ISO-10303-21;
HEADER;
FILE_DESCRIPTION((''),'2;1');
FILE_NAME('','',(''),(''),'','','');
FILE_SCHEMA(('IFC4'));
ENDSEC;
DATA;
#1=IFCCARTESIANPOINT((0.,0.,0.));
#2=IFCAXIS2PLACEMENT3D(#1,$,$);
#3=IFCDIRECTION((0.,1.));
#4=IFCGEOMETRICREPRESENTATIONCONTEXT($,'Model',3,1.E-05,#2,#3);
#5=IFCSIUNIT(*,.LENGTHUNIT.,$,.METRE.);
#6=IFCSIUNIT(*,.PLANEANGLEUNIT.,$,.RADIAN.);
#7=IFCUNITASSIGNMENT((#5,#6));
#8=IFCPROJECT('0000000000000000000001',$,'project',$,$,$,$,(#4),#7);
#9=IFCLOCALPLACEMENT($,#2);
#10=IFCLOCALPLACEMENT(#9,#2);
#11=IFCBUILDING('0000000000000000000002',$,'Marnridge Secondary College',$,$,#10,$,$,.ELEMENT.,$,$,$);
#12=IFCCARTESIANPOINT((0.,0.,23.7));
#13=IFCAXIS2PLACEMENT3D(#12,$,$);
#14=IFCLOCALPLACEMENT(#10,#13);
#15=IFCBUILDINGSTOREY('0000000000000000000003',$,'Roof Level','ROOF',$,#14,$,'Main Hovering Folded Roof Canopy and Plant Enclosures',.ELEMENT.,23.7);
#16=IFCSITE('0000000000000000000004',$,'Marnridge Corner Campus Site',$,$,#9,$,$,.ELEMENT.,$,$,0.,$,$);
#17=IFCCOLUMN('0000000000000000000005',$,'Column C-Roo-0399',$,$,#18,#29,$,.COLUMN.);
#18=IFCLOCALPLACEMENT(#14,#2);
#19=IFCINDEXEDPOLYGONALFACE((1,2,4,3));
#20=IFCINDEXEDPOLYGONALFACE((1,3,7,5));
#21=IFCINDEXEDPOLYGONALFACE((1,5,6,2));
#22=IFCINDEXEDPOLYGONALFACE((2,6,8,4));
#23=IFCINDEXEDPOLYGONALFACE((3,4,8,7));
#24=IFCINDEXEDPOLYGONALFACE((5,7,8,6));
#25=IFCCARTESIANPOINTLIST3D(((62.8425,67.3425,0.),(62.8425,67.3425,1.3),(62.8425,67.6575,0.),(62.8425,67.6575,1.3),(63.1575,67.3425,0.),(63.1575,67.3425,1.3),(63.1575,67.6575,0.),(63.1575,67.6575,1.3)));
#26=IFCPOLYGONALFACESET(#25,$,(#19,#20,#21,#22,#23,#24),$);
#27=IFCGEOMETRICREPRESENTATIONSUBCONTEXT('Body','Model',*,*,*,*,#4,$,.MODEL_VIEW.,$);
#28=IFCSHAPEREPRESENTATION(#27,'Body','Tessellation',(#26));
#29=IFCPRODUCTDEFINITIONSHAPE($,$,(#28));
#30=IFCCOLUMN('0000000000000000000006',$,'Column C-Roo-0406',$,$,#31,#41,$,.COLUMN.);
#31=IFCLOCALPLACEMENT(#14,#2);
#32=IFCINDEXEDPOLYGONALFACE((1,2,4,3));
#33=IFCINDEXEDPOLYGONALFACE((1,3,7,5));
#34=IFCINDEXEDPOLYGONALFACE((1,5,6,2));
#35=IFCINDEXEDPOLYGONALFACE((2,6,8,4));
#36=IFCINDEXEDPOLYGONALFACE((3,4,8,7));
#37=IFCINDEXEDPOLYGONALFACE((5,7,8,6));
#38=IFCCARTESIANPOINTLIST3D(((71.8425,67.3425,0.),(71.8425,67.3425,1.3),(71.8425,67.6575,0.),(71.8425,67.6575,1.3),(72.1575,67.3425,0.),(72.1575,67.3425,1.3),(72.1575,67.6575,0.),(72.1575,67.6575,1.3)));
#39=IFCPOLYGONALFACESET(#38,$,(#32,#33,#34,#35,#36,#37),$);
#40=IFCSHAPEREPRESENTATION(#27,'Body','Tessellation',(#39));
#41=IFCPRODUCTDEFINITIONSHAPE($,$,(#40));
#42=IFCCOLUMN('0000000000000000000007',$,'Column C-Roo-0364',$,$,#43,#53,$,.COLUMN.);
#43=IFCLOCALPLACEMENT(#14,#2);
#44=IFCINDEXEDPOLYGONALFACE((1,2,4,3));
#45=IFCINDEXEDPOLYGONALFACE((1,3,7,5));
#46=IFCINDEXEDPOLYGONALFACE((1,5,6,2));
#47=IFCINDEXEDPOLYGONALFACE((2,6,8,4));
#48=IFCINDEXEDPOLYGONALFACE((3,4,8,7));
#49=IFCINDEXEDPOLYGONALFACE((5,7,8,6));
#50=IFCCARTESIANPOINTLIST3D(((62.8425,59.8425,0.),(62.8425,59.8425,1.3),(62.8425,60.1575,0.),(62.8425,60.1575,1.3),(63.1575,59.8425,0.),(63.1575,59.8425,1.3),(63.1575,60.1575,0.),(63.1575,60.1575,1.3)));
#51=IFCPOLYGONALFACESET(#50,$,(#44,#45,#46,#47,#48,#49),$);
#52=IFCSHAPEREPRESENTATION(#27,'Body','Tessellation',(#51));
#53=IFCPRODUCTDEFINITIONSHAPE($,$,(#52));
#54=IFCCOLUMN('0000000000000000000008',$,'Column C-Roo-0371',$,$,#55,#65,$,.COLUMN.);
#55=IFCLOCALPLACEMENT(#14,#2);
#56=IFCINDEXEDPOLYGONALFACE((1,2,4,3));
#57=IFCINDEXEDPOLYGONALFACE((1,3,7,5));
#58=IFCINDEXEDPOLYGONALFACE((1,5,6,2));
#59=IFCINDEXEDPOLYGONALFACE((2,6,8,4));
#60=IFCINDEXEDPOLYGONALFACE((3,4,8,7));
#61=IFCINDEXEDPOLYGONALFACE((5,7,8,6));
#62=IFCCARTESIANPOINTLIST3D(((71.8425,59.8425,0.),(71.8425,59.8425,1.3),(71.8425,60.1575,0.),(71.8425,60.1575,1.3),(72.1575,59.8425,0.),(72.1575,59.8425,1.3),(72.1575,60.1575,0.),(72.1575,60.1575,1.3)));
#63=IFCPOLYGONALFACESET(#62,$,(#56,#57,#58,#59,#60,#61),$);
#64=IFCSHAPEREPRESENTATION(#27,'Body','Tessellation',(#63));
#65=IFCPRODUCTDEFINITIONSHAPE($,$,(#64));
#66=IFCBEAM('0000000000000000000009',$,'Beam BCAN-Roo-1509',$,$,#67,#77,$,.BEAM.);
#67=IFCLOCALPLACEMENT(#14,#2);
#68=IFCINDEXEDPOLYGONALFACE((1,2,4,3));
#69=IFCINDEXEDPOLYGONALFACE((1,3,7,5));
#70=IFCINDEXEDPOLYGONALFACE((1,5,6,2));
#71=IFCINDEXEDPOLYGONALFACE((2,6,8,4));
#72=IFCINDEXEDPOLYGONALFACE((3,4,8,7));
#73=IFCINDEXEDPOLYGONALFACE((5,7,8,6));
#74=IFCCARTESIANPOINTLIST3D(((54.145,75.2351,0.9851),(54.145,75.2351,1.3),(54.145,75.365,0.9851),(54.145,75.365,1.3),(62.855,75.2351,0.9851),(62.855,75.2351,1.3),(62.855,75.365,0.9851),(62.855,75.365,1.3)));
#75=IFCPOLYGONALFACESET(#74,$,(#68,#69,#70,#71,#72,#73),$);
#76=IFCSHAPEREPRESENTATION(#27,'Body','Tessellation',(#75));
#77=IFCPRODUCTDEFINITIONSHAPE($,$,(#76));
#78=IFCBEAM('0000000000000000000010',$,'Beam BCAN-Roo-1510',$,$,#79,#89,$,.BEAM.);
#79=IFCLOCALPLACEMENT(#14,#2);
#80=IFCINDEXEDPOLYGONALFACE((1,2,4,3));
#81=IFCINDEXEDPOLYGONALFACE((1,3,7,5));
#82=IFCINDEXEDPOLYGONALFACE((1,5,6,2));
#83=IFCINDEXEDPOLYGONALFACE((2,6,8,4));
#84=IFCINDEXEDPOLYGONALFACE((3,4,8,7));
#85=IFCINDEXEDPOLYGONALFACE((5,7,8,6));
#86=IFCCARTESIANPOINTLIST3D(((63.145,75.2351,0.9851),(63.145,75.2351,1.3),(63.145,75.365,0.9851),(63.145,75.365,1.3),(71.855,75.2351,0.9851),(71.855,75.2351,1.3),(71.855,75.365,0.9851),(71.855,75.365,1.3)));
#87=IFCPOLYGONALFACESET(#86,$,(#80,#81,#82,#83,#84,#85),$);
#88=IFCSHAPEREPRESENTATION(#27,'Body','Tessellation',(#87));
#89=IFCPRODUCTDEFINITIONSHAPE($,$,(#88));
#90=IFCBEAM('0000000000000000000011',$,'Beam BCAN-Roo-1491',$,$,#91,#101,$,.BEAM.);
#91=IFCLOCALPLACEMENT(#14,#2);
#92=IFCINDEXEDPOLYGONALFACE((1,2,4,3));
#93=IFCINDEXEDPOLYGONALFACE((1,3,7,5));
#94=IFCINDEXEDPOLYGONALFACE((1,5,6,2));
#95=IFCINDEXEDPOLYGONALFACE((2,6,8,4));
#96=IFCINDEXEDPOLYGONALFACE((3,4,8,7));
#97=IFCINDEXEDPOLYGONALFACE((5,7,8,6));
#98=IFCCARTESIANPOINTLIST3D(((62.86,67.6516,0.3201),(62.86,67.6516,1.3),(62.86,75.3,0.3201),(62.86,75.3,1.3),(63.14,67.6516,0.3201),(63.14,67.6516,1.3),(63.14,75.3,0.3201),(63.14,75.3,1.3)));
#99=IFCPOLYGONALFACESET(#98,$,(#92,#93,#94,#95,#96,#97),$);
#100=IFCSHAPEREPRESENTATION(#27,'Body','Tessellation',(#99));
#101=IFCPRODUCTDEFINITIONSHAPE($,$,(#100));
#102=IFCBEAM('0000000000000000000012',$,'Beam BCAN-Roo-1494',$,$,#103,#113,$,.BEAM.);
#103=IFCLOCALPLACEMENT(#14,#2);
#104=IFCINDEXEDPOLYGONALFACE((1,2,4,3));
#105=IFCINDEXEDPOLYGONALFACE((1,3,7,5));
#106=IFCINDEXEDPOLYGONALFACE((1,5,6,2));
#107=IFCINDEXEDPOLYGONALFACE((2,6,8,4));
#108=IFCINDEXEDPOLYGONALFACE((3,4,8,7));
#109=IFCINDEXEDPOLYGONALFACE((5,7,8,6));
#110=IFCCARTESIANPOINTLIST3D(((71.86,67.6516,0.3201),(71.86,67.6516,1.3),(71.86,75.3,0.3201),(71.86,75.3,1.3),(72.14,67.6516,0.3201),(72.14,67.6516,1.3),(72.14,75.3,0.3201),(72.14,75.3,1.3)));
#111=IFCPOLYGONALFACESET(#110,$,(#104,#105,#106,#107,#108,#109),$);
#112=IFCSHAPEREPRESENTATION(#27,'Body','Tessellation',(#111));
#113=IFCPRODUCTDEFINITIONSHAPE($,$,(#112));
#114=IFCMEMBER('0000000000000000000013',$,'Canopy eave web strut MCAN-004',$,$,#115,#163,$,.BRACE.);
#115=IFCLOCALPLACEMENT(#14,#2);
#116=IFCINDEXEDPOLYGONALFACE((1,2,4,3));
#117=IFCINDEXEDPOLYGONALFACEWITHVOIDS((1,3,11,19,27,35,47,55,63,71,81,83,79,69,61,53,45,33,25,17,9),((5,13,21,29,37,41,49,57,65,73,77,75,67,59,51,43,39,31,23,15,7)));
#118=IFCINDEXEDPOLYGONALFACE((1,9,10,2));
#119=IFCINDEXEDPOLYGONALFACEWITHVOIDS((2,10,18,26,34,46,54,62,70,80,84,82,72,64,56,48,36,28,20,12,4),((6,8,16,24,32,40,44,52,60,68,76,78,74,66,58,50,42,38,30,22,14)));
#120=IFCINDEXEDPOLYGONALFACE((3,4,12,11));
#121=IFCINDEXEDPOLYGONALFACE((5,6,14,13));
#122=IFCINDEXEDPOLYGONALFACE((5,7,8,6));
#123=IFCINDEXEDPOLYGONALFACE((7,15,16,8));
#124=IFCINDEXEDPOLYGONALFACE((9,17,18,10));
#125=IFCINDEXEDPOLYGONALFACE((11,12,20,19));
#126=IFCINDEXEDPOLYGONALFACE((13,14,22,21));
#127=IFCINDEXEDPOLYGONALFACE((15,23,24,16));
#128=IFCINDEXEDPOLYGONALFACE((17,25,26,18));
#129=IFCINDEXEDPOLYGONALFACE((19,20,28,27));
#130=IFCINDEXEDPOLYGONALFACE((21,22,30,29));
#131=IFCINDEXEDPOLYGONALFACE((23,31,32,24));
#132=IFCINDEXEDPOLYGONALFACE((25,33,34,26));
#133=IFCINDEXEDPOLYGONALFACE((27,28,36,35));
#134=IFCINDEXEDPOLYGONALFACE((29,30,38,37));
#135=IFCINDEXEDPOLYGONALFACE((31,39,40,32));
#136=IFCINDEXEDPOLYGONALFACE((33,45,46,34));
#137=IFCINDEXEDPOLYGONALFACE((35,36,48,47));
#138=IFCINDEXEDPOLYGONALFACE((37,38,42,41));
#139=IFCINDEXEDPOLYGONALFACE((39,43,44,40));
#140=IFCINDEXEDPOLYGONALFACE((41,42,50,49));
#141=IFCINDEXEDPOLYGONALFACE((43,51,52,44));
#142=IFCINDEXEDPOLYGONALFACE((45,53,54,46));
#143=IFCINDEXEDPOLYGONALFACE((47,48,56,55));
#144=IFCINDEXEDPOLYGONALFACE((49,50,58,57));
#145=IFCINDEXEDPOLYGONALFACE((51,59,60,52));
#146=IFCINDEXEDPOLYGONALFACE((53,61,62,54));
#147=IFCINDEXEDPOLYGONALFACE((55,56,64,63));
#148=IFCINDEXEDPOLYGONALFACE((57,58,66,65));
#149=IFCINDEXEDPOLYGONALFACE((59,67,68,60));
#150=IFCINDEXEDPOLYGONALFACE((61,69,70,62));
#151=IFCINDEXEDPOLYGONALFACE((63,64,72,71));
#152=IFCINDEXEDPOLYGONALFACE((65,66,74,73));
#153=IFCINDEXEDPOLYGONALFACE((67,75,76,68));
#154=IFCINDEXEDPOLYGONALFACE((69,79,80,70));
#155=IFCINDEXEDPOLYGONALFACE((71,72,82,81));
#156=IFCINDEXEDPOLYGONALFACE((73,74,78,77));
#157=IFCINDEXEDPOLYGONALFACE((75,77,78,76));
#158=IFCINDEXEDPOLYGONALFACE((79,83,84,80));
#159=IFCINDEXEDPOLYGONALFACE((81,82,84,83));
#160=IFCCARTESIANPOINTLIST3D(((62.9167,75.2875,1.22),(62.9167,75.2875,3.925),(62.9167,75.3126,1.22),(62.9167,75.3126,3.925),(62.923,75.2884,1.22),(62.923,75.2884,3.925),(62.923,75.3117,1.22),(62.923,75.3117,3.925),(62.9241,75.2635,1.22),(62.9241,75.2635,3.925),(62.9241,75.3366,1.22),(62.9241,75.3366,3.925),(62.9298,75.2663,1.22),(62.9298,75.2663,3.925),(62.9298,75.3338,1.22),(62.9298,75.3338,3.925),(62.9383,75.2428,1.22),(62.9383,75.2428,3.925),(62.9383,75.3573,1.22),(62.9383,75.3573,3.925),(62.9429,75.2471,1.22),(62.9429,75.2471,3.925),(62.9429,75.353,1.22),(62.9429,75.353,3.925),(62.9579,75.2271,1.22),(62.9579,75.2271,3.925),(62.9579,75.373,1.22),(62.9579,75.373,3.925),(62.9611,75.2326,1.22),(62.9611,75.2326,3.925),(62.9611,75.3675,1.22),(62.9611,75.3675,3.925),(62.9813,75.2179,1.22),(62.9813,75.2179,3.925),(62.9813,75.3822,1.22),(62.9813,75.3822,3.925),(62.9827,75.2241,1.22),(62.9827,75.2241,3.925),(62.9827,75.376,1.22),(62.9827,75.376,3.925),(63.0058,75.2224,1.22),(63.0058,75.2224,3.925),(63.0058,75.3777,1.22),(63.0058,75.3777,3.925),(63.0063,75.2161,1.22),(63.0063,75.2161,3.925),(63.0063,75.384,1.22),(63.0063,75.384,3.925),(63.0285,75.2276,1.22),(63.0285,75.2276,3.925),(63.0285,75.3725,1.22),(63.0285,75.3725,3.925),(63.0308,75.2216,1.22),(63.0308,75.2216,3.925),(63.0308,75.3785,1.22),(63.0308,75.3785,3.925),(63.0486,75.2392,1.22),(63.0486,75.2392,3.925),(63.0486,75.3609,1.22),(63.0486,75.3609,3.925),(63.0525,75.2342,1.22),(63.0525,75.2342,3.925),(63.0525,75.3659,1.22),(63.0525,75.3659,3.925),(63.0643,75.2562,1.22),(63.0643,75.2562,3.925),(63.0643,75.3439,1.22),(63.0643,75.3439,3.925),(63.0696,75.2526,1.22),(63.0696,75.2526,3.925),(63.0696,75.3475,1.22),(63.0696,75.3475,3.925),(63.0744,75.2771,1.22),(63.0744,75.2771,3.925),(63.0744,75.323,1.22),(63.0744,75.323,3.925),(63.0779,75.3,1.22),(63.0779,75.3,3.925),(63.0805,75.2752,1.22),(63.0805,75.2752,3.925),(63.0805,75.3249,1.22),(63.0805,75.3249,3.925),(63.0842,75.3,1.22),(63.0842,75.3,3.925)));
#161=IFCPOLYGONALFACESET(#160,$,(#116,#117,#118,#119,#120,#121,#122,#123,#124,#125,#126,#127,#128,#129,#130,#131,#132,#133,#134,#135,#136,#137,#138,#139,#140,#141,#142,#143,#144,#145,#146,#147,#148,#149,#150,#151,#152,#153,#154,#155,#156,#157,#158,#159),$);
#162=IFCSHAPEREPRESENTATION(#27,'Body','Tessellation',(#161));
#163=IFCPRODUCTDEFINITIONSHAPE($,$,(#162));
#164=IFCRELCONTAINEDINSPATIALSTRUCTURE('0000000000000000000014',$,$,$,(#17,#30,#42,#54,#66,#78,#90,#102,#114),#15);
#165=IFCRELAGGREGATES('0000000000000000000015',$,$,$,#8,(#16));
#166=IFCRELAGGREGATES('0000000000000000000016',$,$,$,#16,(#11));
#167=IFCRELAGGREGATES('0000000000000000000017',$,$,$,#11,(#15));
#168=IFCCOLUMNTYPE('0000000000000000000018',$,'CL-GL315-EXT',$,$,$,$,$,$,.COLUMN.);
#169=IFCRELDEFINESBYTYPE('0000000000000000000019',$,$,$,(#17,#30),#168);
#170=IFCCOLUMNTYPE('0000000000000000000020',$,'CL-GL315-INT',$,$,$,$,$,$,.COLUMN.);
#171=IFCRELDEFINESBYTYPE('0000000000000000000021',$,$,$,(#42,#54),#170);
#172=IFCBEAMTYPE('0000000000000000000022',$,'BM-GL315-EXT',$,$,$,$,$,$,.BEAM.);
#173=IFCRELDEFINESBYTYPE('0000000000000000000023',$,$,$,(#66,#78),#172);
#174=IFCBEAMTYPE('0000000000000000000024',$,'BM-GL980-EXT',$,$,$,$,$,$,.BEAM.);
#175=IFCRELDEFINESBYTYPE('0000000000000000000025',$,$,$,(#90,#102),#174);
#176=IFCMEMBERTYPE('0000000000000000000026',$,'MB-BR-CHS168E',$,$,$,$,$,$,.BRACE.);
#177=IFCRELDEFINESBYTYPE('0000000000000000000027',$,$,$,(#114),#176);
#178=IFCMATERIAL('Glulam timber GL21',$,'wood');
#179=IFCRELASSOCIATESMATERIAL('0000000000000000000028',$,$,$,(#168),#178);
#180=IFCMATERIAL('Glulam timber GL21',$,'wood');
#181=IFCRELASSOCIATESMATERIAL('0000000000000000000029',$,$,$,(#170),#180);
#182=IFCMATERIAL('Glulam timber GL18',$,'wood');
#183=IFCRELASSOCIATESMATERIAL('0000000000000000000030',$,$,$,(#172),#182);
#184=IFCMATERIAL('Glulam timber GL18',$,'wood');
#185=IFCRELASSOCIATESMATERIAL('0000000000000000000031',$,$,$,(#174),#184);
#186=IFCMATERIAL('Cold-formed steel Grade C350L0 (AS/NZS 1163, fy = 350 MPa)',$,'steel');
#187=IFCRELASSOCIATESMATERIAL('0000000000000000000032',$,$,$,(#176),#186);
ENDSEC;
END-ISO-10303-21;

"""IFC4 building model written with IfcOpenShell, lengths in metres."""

from ifc_helpers import new_model, si_unit, direction, frame, origin, origin_2d, place, context, subcontext, project, spatial, rectangle, hollow_circle, extrude, material, material_profile, profile_set, type_object, element, save


model = new_model("IFC4")

# Units and contexts
model_context = context("Model", 3, precision=1e-05, world=origin(), true_north=direction((0.0, 1.0)))
body_context = subcontext(model_context, "Body", "Model", "MODEL_VIEW")
ifc_project = project(units=[si_unit("LENGTHUNIT", "METRE"), si_unit("PLANEANGLEUNIT", "RADIAN")], contexts=[model_context])

# Site, building, storey
site_placement = place(None, origin())
site = spatial("IfcSite", under=ifc_project, at=site_placement, Name="Marnridge Corner Campus Site", CompositionType="ELEMENT", RefElevation=0.0)
building_placement = place(site_placement, origin())
building = spatial("IfcBuilding", under=site, at=building_placement, Name="Marnridge Secondary College", CompositionType="ELEMENT")
storey_placement = place(building_placement, frame((0.0, 0.0, 23.7)))
storey = spatial("IfcBuildingStorey", under=building, at=storey_placement, Name="Roof Level", Description="ROOF", LongName="Main Hovering Folded Roof Canopy and Plant Enclosures", CompositionType="ELEMENT", Elevation=23.7)

# Columns
ifc_material_1 = material(Name="Glulam timber GL21", Category="wood")
ifc_material_profile_1 = material_profile(ifc_material_1, rectangle(XDim=0.3149, YDim=0.3149, at=origin_2d()), Name="GL21 315x315")
ifc_profile_set_1 = profile_set([ifc_material_profile_1], Name="Glulam timber GL21")
column_type_1 = type_object("IfcColumnType", Name="CL-GL315-EXT", PredefinedType="COLUMN", material=ifc_profile_set_1)
for number, where, z_axis, x_axis, name in (
    (1, (63.0, 67.5, 0.0), (0.0, 0.0, 1.0), (1.0, 0.0, 0.0), "Column C-Roo-0399"),
    (2, (72.0, 67.5, 0.0), (0.0, 0.0, 1.0), (1.0, 0.0, 0.0), "Column C-Roo-0406"),
):
    element("IfcColumn", number, at=place(storey_placement, frame(where, z_axis=z_axis, x_axis=x_axis)), inside=storey, type_object=column_type_1, Name=name, PredefinedType="COLUMN", context=body_context, shape_type="SweptSolid", body=[
        extrude(rectangle(XDim=0.3149, YDim=0.3149, at=origin_2d()), origin(), (0.0, 0.0, 1.0), 1.3),
    ])
ifc_material_2 = material(Name="Glulam timber GL21", Category="wood")
ifc_material_profile_2 = material_profile(ifc_material_2, rectangle(XDim=0.3149, YDim=0.3149, at=origin_2d()), Name="GL21 315x315")
ifc_profile_set_2 = profile_set([ifc_material_profile_2], Name="Glulam timber GL21")
column_type_2 = type_object("IfcColumnType", Name="CL-GL315-INT", PredefinedType="COLUMN", material=ifc_profile_set_2)
for number, where, z_axis, x_axis, name in (
    (3, (63.0, 60.0, 0.0), (0.0, 0.0, 1.0), (1.0, 0.0, 0.0), "Column C-Roo-0364"),
    (4, (72.0, 60.0, 0.0), (0.0, 0.0, 1.0), (1.0, 0.0, 0.0), "Column C-Roo-0371"),
):
    element("IfcColumn", number, at=place(storey_placement, frame(where, z_axis=z_axis, x_axis=x_axis)), inside=storey, type_object=column_type_2, Name=name, PredefinedType="COLUMN", context=body_context, shape_type="SweptSolid", body=[
        extrude(rectangle(XDim=0.3149, YDim=0.3149, at=origin_2d()), origin(), (0.0, 0.0, 1.0), 1.3),
    ])

# Beams
ifc_material_3 = material(Name="Glulam timber GL18", Category="wood")
ifc_material_profile_3 = material_profile(ifc_material_3, rectangle(XDim=0.1299, YDim=0.3149, at=origin_2d()), Name="GL18 130x315")
ifc_profile_set_3 = profile_set([ifc_material_profile_3], Name="Glulam timber GL18")
beam_type_1 = type_object("IfcBeamType", Name="BM-GL315-EXT", PredefinedType="BEAM", material=ifc_profile_set_3)
for number, where, z_axis, x_axis, name in (
    (5, (54.145, 75.3, 1.1426), (1.0, 0.0, 0.0), (0.0, 1.0, 0.0), "Beam BCAN-Roo-1509"),
    (6, (63.145, 75.3, 1.1426), (1.0, 0.0, 0.0), (0.0, 1.0, 0.0), "Beam BCAN-Roo-1510"),
):
    element("IfcBeam", number, at=place(storey_placement, frame(where, z_axis=z_axis, x_axis=x_axis)), inside=storey, type_object=beam_type_1, Name=name, PredefinedType="BEAM", context=body_context, shape_type="SweptSolid", body=[
        extrude(rectangle(XDim=0.1299, YDim=0.3149, at=origin_2d()), origin(), (0.0, 0.0, 1.0), 8.71),
    ])
ifc_material_4 = material(Name="Glulam timber GL18", Category="wood")
ifc_material_profile_4 = material_profile(ifc_material_4, rectangle(XDim=0.28, YDim=0.98, at=origin_2d()), Name="GL18 280x980")
ifc_profile_set_4 = profile_set([ifc_material_profile_4], Name="Glulam timber GL18")
beam_type_2 = type_object("IfcBeamType", Name="BM-GL980-EXT", PredefinedType="BEAM", material=ifc_profile_set_4)
for number, where, z_axis, x_axis, name in (
    (7, (63.0, 67.6516, 0.8101), (0.0, 1.0, 0.0), (-1.0, 0.0, 0.0), "Beam BCAN-Roo-1491"),
    (8, (72.0, 67.6516, 0.8101), (0.0, 1.0, 0.0), (-1.0, 0.0, 0.0), "Beam BCAN-Roo-1494"),
):
    element("IfcBeam", number, at=place(storey_placement, frame(where, z_axis=z_axis, x_axis=x_axis)), inside=storey, type_object=beam_type_2, Name=name, PredefinedType="BEAM", context=body_context, shape_type="SweptSolid", body=[
        extrude(rectangle(XDim=0.28, YDim=0.98, at=origin_2d()), origin(), (0.0, 0.0, 1.0), 7.6484),
    ])

# Member
ifc_material_5 = material(Name="Cold-formed steel Grade C350L0 (AS/NZS 1163, fy = 350 MPa)", Category="steel")
ifc_material_profile_5 = material_profile(ifc_material_5, hollow_circle(Radius=0.0842, WallThickness=0.0063, at=origin_2d()), Name="168.3x6.4CHS")
ifc_profile_set_5 = profile_set([ifc_material_profile_5], Name="Cold-formed steel Grade C350L0 (AS/NZS 1163, fy = 350 MPa)")
member_type_1 = type_object("IfcMemberType", Name="MB-BR-CHS168E", PredefinedType="BRACE", material=ifc_profile_set_5)
member_1_placement = place(storey_placement, frame((63.0, 75.3, 1.22), z_axis=(0.0, 0.0, 1.0), x_axis=(1.0, 0.0, 0.0)))
element("IfcMember", 9, at=member_1_placement, inside=storey, type_object=member_type_1, Name="Canopy eave web strut MCAN-004", PredefinedType="BRACE", context=body_context, shape_type="SweptSolid", body=[
    extrude(hollow_circle(Radius=0.0842, WallThickness=0.0063, at=origin_2d()), origin(), (0.0, 0.0, 1.0), 2.7051),
])

save(model, "model.ifc")
